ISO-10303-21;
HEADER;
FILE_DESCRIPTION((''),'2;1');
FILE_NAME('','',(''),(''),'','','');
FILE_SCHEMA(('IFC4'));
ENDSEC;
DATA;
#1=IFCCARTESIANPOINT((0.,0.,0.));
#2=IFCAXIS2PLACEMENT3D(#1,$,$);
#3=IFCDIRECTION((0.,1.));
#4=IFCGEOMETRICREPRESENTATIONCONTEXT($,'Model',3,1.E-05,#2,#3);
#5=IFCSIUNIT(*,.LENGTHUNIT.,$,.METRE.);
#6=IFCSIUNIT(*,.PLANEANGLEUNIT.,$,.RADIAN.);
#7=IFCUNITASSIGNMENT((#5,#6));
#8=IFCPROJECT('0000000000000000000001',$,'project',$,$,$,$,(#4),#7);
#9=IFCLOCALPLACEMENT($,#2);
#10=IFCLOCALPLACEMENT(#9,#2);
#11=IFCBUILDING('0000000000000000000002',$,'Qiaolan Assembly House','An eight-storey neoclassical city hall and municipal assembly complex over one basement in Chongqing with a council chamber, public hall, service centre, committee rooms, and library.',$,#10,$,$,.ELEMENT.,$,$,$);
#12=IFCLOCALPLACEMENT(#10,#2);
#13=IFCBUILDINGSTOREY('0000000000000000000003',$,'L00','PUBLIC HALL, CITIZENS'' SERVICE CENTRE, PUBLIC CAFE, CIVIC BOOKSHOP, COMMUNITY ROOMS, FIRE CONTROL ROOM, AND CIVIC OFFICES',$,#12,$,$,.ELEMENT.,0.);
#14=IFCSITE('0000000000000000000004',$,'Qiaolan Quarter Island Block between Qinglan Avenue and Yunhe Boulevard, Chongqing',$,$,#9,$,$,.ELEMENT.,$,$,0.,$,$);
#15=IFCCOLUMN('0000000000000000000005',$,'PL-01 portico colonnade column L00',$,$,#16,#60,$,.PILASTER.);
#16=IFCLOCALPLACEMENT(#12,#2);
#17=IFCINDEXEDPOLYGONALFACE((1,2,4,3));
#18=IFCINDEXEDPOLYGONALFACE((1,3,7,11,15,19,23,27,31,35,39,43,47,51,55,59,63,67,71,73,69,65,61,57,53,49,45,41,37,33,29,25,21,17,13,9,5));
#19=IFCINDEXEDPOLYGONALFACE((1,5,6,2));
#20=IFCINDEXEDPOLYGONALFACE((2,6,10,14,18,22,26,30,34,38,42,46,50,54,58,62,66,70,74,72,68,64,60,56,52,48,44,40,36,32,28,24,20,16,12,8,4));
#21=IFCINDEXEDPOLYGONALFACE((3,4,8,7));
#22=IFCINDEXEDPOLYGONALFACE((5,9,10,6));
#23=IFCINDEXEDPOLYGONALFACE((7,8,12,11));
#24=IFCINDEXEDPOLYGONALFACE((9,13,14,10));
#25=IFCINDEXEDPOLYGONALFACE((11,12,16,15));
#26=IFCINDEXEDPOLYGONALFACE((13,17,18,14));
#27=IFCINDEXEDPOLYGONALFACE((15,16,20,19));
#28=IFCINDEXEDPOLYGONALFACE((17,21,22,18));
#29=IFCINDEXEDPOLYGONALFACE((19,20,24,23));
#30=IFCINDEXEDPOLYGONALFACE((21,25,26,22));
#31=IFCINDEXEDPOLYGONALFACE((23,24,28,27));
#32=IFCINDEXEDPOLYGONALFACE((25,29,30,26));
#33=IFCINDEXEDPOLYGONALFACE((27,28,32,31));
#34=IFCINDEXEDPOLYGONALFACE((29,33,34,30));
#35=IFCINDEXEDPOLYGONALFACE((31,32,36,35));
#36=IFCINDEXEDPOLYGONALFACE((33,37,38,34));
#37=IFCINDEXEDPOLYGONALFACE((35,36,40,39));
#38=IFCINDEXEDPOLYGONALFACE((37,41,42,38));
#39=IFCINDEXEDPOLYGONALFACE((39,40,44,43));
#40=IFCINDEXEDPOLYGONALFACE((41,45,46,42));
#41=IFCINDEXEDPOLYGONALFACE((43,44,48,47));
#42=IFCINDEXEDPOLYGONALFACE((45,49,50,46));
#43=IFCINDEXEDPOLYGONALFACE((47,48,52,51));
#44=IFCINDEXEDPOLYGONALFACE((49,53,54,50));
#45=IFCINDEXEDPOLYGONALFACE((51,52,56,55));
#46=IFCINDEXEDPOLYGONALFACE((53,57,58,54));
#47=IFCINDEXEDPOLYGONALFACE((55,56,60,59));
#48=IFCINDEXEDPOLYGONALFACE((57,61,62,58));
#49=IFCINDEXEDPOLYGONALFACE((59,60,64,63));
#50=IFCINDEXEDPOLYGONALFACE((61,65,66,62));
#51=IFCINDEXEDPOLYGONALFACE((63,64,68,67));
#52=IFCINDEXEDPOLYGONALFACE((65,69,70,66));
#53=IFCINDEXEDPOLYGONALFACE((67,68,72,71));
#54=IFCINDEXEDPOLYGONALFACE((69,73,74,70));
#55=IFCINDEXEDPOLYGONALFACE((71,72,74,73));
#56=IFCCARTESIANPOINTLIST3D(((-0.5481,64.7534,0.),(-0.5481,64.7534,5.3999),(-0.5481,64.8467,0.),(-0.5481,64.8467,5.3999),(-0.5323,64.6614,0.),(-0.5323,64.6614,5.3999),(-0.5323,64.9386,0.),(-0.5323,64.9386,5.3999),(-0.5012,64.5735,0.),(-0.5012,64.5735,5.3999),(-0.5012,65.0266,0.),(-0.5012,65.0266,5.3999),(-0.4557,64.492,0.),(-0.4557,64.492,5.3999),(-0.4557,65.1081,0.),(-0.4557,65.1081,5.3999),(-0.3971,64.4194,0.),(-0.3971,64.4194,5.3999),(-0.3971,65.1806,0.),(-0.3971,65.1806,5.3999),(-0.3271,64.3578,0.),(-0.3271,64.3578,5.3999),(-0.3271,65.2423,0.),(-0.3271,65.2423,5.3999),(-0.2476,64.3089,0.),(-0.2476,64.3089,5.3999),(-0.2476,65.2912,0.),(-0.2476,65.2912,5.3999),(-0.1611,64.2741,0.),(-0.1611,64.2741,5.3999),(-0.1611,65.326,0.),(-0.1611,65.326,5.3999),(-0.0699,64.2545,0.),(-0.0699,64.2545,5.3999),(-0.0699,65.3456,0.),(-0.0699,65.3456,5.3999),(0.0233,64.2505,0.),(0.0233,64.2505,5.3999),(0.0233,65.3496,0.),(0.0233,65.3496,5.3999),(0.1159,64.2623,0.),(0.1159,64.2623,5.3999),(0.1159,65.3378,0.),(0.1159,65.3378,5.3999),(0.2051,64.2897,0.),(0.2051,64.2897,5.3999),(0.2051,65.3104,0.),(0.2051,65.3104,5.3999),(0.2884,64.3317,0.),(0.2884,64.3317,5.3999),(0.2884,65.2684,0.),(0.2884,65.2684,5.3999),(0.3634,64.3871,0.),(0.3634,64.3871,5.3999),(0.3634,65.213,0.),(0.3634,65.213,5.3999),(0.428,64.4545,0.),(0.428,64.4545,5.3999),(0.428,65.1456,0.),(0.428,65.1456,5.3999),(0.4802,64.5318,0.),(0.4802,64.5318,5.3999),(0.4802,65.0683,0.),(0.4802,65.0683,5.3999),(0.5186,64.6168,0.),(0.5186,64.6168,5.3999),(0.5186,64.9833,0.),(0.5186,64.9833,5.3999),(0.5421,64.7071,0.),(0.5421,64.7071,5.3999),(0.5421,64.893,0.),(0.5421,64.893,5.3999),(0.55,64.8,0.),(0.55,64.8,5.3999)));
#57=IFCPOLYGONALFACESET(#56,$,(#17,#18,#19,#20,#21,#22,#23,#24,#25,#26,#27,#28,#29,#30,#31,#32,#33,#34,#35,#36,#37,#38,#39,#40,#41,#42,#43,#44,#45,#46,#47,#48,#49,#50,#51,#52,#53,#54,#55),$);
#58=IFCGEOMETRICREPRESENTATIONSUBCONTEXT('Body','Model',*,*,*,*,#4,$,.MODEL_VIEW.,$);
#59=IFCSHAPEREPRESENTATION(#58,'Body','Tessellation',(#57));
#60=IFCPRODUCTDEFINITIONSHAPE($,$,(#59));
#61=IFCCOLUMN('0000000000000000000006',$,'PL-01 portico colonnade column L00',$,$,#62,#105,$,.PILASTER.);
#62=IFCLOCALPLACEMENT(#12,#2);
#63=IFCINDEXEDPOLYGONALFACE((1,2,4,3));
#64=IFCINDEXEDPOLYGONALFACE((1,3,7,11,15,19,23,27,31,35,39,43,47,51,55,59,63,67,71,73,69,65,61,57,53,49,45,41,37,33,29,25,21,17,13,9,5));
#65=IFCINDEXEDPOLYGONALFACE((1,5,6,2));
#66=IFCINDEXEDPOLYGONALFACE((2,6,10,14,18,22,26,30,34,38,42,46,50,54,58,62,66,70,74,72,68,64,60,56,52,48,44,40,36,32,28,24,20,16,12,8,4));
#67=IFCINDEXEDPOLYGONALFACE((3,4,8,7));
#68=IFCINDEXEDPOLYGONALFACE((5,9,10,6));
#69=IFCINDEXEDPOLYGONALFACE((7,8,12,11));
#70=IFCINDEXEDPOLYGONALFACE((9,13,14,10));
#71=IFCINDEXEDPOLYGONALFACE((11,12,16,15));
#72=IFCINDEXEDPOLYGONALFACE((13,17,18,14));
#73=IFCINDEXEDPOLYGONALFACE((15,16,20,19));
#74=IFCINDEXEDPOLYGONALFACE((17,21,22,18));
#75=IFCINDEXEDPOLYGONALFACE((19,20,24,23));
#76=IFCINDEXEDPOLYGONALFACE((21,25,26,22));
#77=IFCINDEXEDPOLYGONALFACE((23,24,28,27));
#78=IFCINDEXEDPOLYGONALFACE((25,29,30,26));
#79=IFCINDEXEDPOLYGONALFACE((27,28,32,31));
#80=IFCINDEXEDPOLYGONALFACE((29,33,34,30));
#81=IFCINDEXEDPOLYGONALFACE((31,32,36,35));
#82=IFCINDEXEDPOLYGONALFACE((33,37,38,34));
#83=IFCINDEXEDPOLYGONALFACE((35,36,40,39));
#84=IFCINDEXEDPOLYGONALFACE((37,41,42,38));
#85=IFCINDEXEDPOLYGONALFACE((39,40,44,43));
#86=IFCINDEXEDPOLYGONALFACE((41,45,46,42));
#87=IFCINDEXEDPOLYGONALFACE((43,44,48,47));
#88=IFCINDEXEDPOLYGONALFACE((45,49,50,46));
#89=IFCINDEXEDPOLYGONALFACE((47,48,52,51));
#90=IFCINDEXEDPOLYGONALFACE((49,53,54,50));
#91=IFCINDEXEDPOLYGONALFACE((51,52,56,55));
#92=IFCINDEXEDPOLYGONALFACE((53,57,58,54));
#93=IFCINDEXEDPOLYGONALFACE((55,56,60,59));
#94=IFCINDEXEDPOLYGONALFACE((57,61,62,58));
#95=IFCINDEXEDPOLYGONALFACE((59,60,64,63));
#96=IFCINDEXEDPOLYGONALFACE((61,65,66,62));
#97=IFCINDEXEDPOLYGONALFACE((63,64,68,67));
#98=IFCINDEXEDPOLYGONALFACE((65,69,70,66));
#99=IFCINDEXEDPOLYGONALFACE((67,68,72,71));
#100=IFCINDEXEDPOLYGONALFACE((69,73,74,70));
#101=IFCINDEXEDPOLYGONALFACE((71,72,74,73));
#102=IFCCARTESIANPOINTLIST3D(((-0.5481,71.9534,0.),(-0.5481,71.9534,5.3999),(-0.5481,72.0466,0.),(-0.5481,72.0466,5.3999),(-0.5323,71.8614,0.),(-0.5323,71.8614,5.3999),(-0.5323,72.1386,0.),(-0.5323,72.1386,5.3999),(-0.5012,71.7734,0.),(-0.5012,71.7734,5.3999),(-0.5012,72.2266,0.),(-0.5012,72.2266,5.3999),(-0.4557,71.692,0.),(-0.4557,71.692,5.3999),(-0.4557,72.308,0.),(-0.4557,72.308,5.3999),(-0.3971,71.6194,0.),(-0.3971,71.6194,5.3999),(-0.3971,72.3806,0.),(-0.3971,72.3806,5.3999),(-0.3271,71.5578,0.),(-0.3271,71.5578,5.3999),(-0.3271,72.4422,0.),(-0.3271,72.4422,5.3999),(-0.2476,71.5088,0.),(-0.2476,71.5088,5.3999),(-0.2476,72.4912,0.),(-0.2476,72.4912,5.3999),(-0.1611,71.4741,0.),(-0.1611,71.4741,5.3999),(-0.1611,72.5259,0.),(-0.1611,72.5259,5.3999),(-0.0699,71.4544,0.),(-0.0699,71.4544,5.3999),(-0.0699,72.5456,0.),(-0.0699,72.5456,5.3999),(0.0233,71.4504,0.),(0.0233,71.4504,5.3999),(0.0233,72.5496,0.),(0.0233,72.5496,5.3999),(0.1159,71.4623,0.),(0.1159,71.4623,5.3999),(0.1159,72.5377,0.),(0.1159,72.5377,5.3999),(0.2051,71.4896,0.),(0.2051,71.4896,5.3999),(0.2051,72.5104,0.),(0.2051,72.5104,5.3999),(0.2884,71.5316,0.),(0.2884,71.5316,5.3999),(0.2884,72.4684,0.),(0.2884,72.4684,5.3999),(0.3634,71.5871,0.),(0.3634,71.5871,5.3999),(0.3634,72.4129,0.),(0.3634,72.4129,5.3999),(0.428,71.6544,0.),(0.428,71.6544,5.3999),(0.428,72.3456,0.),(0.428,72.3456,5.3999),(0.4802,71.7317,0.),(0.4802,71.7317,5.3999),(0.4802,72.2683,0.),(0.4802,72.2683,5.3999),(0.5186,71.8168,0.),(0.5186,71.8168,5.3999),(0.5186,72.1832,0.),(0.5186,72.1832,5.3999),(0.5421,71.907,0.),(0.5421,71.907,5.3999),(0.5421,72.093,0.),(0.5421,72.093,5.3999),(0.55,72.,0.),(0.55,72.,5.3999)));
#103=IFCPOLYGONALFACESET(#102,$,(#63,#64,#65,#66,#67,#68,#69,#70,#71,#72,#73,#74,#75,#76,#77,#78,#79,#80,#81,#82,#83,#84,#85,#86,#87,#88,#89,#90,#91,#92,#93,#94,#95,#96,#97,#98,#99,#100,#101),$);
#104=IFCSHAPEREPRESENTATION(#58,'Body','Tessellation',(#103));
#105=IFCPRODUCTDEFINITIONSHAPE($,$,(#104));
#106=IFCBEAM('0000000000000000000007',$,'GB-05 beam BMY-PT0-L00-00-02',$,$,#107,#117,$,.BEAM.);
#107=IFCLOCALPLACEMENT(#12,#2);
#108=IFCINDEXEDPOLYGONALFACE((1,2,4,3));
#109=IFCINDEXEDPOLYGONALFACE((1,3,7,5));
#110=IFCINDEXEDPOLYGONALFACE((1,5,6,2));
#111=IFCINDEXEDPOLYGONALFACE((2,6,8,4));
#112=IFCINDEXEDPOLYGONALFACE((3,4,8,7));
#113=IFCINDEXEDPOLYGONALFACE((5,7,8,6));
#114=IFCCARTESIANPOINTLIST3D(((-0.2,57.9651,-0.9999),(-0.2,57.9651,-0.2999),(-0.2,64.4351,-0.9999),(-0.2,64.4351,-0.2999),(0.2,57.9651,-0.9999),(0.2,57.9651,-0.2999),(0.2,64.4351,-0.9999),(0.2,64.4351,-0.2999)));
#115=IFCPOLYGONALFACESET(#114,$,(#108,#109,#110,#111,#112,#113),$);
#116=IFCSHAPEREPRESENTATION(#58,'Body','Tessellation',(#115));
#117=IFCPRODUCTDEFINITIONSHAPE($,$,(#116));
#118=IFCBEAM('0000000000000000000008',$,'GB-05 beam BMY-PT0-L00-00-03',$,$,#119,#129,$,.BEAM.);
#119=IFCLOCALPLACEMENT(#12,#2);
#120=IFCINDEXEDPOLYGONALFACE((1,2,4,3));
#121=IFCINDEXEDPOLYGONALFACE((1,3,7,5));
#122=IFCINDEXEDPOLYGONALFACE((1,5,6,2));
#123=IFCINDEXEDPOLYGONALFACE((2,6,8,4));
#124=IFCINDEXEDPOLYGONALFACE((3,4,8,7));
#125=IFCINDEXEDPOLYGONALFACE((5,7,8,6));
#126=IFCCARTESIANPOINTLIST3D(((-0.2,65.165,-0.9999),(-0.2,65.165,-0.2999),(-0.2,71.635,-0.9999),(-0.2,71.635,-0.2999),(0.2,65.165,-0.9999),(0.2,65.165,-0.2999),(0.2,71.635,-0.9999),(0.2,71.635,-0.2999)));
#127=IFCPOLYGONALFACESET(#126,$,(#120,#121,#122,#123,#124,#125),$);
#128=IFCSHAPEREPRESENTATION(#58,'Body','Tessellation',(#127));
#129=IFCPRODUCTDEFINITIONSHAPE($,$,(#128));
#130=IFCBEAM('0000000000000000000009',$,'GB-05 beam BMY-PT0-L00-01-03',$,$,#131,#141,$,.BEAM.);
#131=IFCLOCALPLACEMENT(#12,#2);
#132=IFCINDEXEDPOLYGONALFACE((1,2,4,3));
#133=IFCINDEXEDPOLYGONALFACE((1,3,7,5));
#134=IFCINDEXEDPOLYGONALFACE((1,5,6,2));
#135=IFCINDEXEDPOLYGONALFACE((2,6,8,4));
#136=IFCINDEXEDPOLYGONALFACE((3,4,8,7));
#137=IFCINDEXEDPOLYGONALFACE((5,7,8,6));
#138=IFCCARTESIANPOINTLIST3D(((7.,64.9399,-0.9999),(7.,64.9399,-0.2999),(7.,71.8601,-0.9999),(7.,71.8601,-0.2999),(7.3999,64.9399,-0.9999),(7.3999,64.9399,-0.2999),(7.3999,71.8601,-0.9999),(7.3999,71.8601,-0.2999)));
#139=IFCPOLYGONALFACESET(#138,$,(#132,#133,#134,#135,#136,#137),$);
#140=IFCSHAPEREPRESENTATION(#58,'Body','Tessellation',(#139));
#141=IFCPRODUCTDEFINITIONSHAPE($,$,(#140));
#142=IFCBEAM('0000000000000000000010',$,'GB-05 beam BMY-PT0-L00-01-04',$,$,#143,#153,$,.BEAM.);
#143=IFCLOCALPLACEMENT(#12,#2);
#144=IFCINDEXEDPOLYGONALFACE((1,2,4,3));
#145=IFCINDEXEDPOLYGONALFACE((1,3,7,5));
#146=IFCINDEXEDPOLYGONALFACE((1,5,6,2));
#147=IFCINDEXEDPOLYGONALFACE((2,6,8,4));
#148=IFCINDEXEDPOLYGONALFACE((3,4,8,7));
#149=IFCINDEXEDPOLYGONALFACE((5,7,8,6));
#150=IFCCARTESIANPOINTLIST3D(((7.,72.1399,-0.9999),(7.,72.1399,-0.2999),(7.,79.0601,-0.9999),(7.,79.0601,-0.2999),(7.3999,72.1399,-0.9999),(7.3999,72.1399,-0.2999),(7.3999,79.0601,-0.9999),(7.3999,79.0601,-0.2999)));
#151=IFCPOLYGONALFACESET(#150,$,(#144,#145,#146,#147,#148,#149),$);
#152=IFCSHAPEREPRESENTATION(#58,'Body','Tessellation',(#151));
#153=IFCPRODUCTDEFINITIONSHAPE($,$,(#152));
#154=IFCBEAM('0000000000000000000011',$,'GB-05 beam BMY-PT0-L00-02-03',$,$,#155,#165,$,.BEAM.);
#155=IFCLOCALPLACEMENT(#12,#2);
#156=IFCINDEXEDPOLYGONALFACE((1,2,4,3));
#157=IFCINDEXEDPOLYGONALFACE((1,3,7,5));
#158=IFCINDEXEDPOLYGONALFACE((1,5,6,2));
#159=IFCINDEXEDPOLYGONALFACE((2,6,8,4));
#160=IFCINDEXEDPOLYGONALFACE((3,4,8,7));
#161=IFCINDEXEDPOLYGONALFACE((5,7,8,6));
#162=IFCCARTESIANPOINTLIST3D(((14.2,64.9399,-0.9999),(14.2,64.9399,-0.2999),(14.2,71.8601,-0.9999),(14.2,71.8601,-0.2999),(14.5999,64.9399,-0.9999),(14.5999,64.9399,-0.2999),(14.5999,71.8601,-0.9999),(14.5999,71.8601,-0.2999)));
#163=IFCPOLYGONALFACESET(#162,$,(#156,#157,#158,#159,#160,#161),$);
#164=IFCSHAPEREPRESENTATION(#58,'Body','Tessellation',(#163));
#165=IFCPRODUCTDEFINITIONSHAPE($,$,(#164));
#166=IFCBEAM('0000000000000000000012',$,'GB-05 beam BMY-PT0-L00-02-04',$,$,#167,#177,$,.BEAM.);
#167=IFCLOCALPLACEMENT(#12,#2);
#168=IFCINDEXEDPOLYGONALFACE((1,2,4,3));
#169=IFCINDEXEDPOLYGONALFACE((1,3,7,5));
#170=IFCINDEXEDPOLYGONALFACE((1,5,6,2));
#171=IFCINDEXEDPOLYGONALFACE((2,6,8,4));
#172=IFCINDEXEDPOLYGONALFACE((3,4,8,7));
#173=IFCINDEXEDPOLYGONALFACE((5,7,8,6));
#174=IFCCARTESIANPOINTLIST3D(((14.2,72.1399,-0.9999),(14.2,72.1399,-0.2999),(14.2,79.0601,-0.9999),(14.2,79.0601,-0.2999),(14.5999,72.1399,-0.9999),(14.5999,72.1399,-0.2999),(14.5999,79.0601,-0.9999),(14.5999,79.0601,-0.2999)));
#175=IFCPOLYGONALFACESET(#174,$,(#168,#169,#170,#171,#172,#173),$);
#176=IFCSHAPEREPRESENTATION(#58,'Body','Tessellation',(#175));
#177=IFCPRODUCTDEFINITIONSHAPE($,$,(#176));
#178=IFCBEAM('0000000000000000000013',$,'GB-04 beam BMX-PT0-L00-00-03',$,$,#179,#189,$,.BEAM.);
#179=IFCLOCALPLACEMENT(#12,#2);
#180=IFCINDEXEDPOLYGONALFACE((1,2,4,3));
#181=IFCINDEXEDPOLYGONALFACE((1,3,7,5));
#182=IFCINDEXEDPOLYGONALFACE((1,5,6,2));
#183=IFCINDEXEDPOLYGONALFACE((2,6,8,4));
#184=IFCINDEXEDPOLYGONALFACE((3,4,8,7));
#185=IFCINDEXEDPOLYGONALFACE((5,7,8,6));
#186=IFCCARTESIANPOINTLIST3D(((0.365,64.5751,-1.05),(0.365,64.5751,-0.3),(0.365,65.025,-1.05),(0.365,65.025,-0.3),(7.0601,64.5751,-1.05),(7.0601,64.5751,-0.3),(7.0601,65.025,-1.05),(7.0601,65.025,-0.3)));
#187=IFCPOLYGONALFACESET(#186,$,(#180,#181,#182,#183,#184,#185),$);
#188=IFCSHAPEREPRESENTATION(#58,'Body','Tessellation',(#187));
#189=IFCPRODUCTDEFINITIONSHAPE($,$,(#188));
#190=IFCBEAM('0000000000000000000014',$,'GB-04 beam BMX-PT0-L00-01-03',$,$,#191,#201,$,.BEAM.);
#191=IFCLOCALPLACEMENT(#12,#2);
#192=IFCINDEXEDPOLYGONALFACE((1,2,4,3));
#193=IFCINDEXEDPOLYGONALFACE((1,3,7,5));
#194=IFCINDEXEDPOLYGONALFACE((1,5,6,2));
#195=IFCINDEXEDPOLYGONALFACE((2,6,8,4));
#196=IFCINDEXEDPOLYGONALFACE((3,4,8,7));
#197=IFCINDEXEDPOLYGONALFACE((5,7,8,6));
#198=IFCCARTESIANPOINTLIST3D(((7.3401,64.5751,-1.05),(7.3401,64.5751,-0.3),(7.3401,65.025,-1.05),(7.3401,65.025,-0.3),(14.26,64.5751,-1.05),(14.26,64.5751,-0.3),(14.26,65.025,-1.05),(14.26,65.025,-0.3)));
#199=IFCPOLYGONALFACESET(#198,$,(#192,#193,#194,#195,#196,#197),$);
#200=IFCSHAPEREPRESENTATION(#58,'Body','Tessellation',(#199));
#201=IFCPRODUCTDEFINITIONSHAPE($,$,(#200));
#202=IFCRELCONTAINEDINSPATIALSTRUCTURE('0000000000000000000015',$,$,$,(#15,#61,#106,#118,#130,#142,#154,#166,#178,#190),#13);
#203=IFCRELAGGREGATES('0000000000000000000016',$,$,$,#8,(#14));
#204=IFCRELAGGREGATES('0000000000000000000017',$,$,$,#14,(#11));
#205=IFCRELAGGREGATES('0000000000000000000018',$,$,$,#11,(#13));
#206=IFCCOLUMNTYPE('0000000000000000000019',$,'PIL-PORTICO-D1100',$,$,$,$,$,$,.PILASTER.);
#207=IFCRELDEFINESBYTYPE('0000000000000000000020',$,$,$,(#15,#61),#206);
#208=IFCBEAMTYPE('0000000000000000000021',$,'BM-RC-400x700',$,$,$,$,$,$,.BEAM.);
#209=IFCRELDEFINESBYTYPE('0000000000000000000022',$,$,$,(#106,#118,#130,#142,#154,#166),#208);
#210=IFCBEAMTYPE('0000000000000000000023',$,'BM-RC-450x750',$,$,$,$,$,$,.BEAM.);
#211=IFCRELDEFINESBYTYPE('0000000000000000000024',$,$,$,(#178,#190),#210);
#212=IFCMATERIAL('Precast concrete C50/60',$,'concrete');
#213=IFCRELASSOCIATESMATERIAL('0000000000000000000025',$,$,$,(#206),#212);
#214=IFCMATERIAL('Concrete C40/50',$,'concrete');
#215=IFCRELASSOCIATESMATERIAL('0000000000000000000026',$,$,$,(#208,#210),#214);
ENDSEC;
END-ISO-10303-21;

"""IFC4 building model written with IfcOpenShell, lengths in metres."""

from ifc_helpers import new_model, si_unit, direction, frame, origin, origin_2d, place, context, subcontext, project, spatial, rectangle, circle, extrude, material, material_profile, profile_set, type_object, element, save


model = new_model("IFC4")

# Units and contexts
model_context = context("Model", 3, precision=1e-05, world=origin(), true_north=direction((0.0, 1.0)))
body_context = subcontext(model_context, "Body", "Model", "MODEL_VIEW")
ifc_project = project(units=[si_unit("LENGTHUNIT", "METRE"), si_unit("PLANEANGLEUNIT", "RADIAN")], contexts=[model_context])

# Site, building, storey
site_placement = place(None, origin())
site = spatial("IfcSite", under=ifc_project, at=site_placement, Name="Qiaolan Quarter Island Block between Qinglan Avenue and Yunhe Boulevard, Chongqing", CompositionType="ELEMENT", RefElevation=0.0)
building_placement = place(site_placement, origin())
building = spatial("IfcBuilding", under=site, at=building_placement, Name="Qiaolan Assembly House", Description="An eight-storey neoclassical city hall and municipal assembly complex over one basement in Chongqing with a council chamber, public hall, service centre, committee rooms, and library.", CompositionType="ELEMENT")
storey_placement = place(building_placement, origin())
storey = spatial("IfcBuildingStorey", under=building, at=storey_placement, Name="L00", Description="PUBLIC HALL, CITIZENS' SERVICE CENTRE, PUBLIC CAFE, CIVIC BOOKSHOP, COMMUNITY ROOMS, FIRE CONTROL ROOM, AND CIVIC OFFICES", CompositionType="ELEMENT", Elevation=0.0)

# Columns
ifc_material_1 = material(Name="Precast concrete C50/60", Category="concrete")
ifc_material_profile_1 = material_profile(ifc_material_1, circle(Radius=0.55, at=origin_2d()), Name="CIRC D1100")
ifc_profile_set_1 = profile_set([ifc_material_profile_1], Name="Precast concrete C50/60")
column_type_1 = type_object("IfcColumnType", Name="PIL-PORTICO-D1100", PredefinedType="PILASTER", material=ifc_profile_set_1)
for number, where, z_axis, x_axis, name in (
    (1, (0.0, 64.8, 0.0), (0.0, 0.0, 1.0), (1.0, 0.0, 0.0), "PL-01 portico colonnade column L00"),
    (2, (0.0, 72.0, 0.0), (0.0, 0.0, 1.0), (1.0, 0.0, 0.0), "PL-01 portico colonnade column L00"),
):
    element("IfcColumn", number, at=place(storey_placement, frame(where, z_axis=z_axis, x_axis=x_axis)), inside=storey, type_object=column_type_1, Name=name, PredefinedType="PILASTER", context=body_context, shape_type="SweptSolid", body=[
        extrude(circle(Radius=0.55, at=origin_2d()), origin(), (0.0, 0.0, 1.0), 5.3999),
    ])

# Beams
ifc_material_2 = material(Name="Concrete C40/50", Category="concrete")
ifc_material_profile_2 = material_profile(ifc_material_2, rectangle(XDim=0.3999, YDim=0.7, at=origin_2d()), Name="RCB 400x700")
ifc_profile_set_2 = profile_set([ifc_material_profile_2], Name="Concrete C40/50")
beam_type_1 = type_object("IfcBeamType", Name="BM-RC-400x700", PredefinedType="BEAM", material=ifc_profile_set_2)
for number, where, z_axis, x_axis, name in (
    (3, (0.0, 57.9651, -0.6499), (0.0, 1.0, 0.0), (-1.0, 0.0, 0.0), "GB-05 beam BMY-PT0-L00-00-02"),
    (4, (0.0, 65.165, -0.6499), (0.0, 1.0, 0.0), (-1.0, 0.0, 0.0), "GB-05 beam BMY-PT0-L00-00-03"),
):
    element("IfcBeam", number, at=place(storey_placement, frame(where, z_axis=z_axis, x_axis=x_axis)), inside=storey, type_object=beam_type_1, Name=name, PredefinedType="BEAM", context=body_context, shape_type="SweptSolid", body=[
        extrude(rectangle(XDim=0.3999, YDim=0.7, at=origin_2d()), origin(), (0.0, 0.0, 1.0), 6.47),
    ])
for number, where, z_axis, x_axis, name in (
    (5, (7.2, 64.9399, -0.6499), (0.0, 1.0, 0.0), (-1.0, 0.0, 0.0), "GB-05 beam BMY-PT0-L00-01-03"),
    (6, (7.2, 72.1399, -0.6499), (0.0, 1.0, 0.0), (-1.0, 0.0, 0.0), "GB-05 beam BMY-PT0-L00-01-04"),
    (7, (14.3999, 64.9399, -0.6499), (0.0, 1.0, 0.0), (-1.0, 0.0, 0.0), "GB-05 beam BMY-PT0-L00-02-03"),
    (8, (14.3999, 72.1399, -0.6499), (0.0, 1.0, 0.0), (-1.0, 0.0, 0.0), "GB-05 beam BMY-PT0-L00-02-04"),
):
    element("IfcBeam", number, at=place(storey_placement, frame(where, z_axis=z_axis, x_axis=x_axis)), inside=storey, type_object=beam_type_1, Name=name, PredefinedType="BEAM", context=body_context, shape_type="SweptSolid", body=[
        extrude(rectangle(XDim=0.3999, YDim=0.7, at=origin_2d()), origin(), (0.0, 0.0, 1.0), 6.9202),
    ])
ifc_material_profile_3 = material_profile(ifc_material_2, rectangle(XDim=0.45, YDim=0.75, at=origin_2d()), Name="RCB 450x750")
ifc_profile_set_3 = profile_set([ifc_material_profile_3], Name="Concrete C40/50")
beam_type_2 = type_object("IfcBeamType", Name="BM-RC-450x750", PredefinedType="BEAM", material=ifc_profile_set_3)
beam_1_placement = place(storey_placement, frame((0.365, 64.8, -0.675), z_axis=(1.0, 0.0, 0.0), x_axis=(0.0, 1.0, 0.0)))
element("IfcBeam", 9, at=beam_1_placement, inside=storey, type_object=beam_type_2, Name="GB-04 beam BMX-PT0-L00-00-03", PredefinedType="BEAM", context=body_context, shape_type="SweptSolid", body=[
    extrude(rectangle(XDim=0.45, YDim=0.75, at=origin_2d()), origin(), (0.0, 0.0, 1.0), 6.6951),
])
beam_2_placement = place(storey_placement, frame((7.3401, 64.8, -0.675), z_axis=(1.0, 0.0, 0.0), x_axis=(0.0, 1.0, 0.0)))
element("IfcBeam", 10, at=beam_2_placement, inside=storey, type_object=beam_type_2, Name="GB-04 beam BMX-PT0-L00-01-03", PredefinedType="BEAM", context=body_context, shape_type="SweptSolid", body=[
    extrude(rectangle(XDim=0.45, YDim=0.75, at=origin_2d()), origin(), (0.0, 0.0, 1.0), 6.9199),
])

save(model, "model.ifc")
